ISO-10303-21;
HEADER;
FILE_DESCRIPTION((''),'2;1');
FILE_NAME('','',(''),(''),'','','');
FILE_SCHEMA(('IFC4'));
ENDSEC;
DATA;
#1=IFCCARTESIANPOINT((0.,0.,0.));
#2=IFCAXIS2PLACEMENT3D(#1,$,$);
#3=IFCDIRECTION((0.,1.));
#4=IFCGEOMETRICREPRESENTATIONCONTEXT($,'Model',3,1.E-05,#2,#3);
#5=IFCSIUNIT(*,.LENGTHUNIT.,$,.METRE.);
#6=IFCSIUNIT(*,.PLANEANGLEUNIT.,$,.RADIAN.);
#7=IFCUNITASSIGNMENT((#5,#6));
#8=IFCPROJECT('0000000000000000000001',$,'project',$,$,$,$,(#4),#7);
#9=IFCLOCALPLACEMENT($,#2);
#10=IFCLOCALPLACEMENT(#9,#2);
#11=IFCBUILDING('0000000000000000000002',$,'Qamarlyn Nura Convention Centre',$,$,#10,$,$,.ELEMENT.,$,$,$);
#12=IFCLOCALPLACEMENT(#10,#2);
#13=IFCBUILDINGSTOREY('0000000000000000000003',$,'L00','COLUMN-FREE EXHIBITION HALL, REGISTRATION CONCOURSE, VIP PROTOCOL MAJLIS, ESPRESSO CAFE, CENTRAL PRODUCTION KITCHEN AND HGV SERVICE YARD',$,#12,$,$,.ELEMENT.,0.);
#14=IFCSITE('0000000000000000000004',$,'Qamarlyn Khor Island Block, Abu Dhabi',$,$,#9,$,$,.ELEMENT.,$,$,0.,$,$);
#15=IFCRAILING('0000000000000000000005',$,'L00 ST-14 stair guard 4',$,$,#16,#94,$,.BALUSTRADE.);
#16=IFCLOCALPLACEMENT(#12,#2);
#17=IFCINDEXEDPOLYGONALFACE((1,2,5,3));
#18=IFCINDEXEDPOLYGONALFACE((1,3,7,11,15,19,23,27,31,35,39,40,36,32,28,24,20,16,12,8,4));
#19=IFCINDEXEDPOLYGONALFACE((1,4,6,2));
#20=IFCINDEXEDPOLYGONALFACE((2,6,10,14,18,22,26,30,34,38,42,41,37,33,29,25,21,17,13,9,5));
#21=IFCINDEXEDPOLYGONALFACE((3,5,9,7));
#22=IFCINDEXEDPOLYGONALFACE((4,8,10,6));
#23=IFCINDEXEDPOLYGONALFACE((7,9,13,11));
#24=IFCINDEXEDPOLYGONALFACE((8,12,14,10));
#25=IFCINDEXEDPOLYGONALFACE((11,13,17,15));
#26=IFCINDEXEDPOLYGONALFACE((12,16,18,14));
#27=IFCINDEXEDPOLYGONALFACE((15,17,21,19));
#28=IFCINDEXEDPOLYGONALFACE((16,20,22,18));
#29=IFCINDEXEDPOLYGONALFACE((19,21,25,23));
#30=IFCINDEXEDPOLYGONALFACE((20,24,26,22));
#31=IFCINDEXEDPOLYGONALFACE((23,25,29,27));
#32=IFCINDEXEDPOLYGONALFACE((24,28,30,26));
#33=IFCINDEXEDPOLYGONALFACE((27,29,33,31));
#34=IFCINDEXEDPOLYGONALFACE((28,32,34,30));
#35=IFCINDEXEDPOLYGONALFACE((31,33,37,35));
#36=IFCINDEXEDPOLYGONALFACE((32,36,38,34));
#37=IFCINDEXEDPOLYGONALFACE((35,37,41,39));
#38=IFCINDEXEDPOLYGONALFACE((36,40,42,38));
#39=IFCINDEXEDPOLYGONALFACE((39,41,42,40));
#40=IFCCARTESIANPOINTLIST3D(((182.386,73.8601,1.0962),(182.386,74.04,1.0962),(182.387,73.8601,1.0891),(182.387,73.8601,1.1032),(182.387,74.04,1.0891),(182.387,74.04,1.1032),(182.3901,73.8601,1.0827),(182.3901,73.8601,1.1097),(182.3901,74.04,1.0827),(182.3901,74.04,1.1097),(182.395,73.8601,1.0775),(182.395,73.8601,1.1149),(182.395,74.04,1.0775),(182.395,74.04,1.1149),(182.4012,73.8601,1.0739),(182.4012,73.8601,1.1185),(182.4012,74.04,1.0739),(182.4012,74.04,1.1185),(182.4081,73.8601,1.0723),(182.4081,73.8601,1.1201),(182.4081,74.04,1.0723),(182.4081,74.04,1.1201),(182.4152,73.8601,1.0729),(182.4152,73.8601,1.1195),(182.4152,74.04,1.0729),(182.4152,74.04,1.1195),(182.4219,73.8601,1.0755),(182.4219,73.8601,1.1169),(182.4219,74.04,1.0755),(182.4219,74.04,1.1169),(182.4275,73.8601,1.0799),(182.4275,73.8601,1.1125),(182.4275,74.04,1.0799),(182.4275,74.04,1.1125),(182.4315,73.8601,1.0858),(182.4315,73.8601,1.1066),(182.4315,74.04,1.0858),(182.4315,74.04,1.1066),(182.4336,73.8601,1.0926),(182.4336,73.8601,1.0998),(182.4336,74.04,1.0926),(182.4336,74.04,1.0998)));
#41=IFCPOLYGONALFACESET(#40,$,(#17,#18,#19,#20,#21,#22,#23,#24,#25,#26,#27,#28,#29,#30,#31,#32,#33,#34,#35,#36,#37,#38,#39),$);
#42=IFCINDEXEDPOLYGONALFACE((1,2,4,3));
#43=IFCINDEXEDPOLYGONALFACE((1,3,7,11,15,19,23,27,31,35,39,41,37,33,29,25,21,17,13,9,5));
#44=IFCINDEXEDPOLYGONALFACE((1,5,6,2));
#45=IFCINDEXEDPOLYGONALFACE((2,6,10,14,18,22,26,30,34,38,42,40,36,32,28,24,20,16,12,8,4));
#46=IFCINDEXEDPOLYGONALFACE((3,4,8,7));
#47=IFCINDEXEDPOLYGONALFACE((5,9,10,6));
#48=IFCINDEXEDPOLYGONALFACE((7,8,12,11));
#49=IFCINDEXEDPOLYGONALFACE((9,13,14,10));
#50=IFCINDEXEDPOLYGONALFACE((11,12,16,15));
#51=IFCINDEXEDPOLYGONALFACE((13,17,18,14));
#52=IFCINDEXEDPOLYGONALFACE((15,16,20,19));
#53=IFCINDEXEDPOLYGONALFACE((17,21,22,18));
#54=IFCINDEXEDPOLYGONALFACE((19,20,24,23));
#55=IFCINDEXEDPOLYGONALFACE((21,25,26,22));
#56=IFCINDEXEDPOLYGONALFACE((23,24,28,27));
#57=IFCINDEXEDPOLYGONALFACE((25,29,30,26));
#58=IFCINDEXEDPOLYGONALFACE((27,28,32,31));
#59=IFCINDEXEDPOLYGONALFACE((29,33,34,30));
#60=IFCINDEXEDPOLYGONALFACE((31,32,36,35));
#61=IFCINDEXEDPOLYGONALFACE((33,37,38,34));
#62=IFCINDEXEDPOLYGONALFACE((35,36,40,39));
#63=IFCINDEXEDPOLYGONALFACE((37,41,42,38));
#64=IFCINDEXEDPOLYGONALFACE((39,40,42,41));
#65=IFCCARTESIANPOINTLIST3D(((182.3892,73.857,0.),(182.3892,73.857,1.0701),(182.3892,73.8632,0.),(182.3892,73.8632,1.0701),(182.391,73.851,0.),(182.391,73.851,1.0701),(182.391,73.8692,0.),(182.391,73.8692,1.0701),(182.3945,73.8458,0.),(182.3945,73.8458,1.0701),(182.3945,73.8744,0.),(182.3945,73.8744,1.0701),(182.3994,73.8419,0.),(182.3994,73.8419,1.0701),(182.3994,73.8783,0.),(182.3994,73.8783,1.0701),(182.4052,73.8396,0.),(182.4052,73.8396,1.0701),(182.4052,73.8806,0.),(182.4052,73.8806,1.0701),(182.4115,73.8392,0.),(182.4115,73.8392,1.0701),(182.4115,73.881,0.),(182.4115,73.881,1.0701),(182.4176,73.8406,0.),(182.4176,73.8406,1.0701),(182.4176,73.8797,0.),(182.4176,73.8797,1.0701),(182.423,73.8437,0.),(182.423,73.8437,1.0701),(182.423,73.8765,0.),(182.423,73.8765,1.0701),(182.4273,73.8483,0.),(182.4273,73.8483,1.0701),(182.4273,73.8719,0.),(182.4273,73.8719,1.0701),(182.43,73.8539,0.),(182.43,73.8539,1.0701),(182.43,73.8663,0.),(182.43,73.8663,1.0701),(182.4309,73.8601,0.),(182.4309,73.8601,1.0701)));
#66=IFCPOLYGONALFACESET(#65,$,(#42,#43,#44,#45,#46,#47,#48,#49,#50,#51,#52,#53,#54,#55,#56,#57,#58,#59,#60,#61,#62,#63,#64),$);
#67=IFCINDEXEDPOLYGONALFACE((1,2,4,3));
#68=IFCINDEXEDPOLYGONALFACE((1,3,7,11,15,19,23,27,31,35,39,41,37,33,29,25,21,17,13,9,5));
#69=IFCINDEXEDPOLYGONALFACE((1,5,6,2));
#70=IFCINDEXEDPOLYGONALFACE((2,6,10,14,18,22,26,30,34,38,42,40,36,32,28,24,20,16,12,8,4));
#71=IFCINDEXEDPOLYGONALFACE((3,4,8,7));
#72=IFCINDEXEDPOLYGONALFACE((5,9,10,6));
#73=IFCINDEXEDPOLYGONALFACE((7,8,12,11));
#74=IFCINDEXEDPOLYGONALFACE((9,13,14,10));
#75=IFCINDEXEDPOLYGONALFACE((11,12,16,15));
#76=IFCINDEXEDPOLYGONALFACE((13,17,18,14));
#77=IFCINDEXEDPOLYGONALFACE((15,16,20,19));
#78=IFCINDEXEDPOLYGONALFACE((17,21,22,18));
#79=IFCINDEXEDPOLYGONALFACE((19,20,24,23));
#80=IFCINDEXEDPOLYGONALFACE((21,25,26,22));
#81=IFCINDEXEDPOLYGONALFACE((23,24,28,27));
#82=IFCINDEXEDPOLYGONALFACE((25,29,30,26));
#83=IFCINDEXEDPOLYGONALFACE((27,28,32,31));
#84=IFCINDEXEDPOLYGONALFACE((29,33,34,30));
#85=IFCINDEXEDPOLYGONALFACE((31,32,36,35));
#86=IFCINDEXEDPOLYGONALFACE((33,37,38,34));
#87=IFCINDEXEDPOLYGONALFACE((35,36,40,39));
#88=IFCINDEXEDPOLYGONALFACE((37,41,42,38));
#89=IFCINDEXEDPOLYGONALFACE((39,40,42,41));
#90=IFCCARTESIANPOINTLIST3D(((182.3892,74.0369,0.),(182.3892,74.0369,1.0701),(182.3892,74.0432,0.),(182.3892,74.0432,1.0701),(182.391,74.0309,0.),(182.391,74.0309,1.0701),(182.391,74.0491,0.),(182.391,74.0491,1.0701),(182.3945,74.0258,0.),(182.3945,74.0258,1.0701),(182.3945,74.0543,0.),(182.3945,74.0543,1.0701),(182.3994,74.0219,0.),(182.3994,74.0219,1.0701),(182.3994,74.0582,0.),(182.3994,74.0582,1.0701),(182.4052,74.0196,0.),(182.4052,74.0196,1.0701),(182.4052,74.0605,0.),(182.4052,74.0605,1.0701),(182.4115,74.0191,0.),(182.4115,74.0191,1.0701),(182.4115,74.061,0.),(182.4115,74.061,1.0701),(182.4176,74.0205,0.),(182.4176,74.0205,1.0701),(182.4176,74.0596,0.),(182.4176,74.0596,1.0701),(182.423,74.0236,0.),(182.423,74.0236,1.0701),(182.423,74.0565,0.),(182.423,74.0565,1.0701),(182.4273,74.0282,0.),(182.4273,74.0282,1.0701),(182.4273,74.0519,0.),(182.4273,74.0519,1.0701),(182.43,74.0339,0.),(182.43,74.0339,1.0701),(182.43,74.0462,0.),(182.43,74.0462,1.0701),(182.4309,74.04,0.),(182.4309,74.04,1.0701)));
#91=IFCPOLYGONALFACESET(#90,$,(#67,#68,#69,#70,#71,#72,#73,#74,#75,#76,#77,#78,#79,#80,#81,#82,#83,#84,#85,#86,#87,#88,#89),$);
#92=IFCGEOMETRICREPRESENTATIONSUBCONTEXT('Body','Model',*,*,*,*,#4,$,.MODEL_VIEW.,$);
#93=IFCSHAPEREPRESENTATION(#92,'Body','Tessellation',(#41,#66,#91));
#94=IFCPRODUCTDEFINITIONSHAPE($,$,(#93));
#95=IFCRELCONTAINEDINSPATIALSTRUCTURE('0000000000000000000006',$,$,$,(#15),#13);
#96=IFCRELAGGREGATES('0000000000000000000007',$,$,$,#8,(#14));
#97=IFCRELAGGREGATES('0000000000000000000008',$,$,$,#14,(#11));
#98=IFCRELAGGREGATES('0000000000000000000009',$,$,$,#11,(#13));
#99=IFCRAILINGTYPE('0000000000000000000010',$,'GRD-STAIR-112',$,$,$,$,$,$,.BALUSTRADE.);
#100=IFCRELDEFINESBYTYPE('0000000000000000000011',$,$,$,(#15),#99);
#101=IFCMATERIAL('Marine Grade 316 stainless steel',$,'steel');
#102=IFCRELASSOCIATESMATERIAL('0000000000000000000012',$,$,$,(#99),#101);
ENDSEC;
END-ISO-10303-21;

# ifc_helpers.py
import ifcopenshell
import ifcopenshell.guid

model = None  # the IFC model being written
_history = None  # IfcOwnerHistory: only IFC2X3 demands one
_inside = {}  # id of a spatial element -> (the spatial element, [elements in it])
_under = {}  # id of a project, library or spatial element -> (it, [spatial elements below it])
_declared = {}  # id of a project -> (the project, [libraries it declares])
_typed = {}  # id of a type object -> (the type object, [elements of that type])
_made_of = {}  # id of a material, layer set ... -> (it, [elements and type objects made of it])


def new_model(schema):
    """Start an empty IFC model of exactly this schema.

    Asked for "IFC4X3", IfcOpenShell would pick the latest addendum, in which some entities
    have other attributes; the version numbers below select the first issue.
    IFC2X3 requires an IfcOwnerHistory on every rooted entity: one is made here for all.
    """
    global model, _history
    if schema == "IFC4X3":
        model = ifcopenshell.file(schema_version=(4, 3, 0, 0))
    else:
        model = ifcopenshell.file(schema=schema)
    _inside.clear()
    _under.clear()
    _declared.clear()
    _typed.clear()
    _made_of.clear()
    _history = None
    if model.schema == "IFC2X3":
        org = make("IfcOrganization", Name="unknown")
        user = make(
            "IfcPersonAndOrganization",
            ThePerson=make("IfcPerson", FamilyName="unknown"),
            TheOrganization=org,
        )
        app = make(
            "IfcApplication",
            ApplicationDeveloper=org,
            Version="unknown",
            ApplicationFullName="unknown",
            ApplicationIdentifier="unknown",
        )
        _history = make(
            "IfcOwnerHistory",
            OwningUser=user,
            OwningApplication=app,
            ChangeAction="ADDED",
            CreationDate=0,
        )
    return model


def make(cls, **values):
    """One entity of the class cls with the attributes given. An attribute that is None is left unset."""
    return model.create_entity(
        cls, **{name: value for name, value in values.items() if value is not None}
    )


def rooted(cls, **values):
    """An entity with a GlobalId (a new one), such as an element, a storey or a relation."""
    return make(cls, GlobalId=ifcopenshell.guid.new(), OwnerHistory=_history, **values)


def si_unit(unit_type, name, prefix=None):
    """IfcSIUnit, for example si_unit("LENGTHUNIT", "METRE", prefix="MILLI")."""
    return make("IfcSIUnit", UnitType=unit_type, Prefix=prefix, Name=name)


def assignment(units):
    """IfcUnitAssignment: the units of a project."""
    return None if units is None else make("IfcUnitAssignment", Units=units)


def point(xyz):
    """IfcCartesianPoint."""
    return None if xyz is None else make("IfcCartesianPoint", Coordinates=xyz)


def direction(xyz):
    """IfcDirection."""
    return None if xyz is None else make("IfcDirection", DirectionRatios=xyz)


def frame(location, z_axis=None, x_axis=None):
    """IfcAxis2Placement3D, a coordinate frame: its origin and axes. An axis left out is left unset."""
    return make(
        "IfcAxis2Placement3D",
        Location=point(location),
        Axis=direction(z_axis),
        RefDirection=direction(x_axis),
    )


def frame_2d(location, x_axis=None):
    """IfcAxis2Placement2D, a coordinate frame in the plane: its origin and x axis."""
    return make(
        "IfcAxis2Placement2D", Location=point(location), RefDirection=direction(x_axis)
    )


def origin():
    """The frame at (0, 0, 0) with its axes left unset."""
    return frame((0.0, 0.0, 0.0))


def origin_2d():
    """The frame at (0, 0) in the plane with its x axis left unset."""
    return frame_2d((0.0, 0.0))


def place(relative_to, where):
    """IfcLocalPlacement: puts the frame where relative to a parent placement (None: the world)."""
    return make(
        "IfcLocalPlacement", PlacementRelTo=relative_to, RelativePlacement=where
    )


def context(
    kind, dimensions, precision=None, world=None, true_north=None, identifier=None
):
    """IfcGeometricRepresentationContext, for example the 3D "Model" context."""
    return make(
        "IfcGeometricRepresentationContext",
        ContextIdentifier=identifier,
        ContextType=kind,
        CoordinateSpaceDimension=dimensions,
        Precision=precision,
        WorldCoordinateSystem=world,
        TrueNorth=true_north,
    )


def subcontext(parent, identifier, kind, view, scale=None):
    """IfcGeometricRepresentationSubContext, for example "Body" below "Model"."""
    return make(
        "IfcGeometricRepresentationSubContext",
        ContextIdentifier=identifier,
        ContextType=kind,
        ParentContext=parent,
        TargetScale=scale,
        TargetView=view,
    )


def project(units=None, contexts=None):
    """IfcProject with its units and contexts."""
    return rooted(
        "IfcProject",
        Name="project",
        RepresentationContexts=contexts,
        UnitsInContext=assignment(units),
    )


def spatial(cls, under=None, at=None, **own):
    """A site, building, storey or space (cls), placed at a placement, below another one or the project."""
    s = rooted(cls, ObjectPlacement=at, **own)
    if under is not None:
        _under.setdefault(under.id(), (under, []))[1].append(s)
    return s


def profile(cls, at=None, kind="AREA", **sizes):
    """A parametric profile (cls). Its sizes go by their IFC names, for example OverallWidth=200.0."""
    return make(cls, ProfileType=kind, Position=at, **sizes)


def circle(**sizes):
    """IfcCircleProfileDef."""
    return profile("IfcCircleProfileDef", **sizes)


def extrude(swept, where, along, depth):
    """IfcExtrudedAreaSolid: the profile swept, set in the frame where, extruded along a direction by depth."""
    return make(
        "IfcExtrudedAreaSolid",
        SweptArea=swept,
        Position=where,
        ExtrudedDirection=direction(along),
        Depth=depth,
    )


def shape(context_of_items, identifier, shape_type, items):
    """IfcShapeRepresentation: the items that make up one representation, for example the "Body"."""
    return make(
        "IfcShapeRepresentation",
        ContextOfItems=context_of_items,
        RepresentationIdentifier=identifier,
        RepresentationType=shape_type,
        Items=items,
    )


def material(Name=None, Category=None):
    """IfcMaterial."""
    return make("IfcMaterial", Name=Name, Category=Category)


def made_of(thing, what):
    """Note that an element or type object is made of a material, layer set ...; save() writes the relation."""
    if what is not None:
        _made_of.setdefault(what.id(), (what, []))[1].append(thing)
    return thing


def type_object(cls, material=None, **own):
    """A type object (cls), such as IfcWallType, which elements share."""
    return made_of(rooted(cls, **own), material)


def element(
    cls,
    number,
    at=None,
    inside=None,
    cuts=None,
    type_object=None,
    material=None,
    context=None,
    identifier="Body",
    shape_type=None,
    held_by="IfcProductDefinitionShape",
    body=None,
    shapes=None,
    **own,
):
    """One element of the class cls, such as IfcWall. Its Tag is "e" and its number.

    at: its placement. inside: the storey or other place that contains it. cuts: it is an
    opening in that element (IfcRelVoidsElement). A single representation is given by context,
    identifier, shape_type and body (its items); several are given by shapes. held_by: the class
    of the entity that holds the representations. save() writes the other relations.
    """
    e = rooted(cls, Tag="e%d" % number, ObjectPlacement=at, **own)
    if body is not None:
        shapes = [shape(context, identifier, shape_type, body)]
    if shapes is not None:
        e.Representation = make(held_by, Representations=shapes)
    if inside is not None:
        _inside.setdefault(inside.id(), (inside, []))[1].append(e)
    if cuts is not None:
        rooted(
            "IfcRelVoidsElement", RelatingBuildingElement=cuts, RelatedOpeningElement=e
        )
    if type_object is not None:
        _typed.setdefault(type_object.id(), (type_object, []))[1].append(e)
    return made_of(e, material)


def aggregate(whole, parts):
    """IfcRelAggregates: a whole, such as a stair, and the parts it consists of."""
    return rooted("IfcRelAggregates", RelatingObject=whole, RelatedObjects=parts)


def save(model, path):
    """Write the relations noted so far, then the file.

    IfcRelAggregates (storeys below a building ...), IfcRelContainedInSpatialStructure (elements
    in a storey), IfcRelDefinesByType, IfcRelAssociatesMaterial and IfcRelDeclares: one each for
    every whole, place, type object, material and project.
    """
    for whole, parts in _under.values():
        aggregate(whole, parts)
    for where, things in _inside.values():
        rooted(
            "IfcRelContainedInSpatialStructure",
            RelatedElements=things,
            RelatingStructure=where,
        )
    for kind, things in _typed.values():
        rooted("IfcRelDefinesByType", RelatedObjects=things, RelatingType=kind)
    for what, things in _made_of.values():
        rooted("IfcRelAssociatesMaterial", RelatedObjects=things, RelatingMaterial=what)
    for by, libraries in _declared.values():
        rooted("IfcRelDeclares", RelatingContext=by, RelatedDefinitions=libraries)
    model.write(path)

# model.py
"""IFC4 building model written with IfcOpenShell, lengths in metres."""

from ifc_helpers import new_model, si_unit, direction, frame, origin, origin_2d, place, context, subcontext, project, spatial, circle, extrude, material, type_object, element, save


model = new_model("IFC4")

# Units and contexts
model_context = context("Model", 3, precision=1e-05, world=origin(), true_north=direction((0.0, 1.0)))
body_context = subcontext(model_context, "Body", "Model", "MODEL_VIEW")
ifc_project = project(units=[si_unit("LENGTHUNIT", "METRE"), si_unit("PLANEANGLEUNIT", "RADIAN")], contexts=[model_context])

# Site, building, storey
site_placement = place(None, origin())
site = spatial("IfcSite", under=ifc_project, at=site_placement, Name="Qamarlyn Khor Island Block, Abu Dhabi", CompositionType="ELEMENT", RefElevation=0.0)
building_placement = place(site_placement, origin())
building = spatial("IfcBuilding", under=site, at=building_placement, Name="Qamarlyn Nura Convention Centre", CompositionType="ELEMENT")
storey_placement = place(building_placement, origin())
storey = spatial("IfcBuildingStorey", under=building, at=storey_placement, Name="L00", Description="COLUMN-FREE EXHIBITION HALL, REGISTRATION CONCOURSE, VIP PROTOCOL MAJLIS, ESPRESSO CAFE, CENTRAL PRODUCTION KITCHEN AND HGV SERVICE YARD", CompositionType="ELEMENT", Elevation=0.0)

# Railing
ifc_material_1 = material(Name="Marine Grade 316 stainless steel", Category="steel")
railing_type_1 = type_object("IfcRailingType", Name="GRD-STAIR-112", PredefinedType="BALUSTRADE", material=ifc_material_1)
railing_1_placement = place(storey_placement, frame((182.4099, 73.8601, 0.0)))
element("IfcRailing", 1, at=railing_1_placement, inside=storey, type_object=railing_type_1, Name="L00 ST-14 stair guard 4", PredefinedType="BALUSTRADE", context=body_context, shape_type="SweptSolid", body=[
    extrude(circle(Radius=0.0239, at=origin_2d()), frame((0.0, 0.0, 1.0962), z_axis=(0.0, 1.0, 0.0), x_axis=(-1.0, 0.0, 0.0)), (0.0, 0.0, 1.0), 0.1799),
    extrude(circle(Radius=0.021, at=origin_2d()), origin(), (0.0, 0.0, 1.0), 1.0701),
    extrude(circle(Radius=0.021, at=origin_2d()), frame((0.0, 0.1799, 0.0)), (0.0, 0.0, 1.0), 1.0701),
])

save(model, "model.ifc")
